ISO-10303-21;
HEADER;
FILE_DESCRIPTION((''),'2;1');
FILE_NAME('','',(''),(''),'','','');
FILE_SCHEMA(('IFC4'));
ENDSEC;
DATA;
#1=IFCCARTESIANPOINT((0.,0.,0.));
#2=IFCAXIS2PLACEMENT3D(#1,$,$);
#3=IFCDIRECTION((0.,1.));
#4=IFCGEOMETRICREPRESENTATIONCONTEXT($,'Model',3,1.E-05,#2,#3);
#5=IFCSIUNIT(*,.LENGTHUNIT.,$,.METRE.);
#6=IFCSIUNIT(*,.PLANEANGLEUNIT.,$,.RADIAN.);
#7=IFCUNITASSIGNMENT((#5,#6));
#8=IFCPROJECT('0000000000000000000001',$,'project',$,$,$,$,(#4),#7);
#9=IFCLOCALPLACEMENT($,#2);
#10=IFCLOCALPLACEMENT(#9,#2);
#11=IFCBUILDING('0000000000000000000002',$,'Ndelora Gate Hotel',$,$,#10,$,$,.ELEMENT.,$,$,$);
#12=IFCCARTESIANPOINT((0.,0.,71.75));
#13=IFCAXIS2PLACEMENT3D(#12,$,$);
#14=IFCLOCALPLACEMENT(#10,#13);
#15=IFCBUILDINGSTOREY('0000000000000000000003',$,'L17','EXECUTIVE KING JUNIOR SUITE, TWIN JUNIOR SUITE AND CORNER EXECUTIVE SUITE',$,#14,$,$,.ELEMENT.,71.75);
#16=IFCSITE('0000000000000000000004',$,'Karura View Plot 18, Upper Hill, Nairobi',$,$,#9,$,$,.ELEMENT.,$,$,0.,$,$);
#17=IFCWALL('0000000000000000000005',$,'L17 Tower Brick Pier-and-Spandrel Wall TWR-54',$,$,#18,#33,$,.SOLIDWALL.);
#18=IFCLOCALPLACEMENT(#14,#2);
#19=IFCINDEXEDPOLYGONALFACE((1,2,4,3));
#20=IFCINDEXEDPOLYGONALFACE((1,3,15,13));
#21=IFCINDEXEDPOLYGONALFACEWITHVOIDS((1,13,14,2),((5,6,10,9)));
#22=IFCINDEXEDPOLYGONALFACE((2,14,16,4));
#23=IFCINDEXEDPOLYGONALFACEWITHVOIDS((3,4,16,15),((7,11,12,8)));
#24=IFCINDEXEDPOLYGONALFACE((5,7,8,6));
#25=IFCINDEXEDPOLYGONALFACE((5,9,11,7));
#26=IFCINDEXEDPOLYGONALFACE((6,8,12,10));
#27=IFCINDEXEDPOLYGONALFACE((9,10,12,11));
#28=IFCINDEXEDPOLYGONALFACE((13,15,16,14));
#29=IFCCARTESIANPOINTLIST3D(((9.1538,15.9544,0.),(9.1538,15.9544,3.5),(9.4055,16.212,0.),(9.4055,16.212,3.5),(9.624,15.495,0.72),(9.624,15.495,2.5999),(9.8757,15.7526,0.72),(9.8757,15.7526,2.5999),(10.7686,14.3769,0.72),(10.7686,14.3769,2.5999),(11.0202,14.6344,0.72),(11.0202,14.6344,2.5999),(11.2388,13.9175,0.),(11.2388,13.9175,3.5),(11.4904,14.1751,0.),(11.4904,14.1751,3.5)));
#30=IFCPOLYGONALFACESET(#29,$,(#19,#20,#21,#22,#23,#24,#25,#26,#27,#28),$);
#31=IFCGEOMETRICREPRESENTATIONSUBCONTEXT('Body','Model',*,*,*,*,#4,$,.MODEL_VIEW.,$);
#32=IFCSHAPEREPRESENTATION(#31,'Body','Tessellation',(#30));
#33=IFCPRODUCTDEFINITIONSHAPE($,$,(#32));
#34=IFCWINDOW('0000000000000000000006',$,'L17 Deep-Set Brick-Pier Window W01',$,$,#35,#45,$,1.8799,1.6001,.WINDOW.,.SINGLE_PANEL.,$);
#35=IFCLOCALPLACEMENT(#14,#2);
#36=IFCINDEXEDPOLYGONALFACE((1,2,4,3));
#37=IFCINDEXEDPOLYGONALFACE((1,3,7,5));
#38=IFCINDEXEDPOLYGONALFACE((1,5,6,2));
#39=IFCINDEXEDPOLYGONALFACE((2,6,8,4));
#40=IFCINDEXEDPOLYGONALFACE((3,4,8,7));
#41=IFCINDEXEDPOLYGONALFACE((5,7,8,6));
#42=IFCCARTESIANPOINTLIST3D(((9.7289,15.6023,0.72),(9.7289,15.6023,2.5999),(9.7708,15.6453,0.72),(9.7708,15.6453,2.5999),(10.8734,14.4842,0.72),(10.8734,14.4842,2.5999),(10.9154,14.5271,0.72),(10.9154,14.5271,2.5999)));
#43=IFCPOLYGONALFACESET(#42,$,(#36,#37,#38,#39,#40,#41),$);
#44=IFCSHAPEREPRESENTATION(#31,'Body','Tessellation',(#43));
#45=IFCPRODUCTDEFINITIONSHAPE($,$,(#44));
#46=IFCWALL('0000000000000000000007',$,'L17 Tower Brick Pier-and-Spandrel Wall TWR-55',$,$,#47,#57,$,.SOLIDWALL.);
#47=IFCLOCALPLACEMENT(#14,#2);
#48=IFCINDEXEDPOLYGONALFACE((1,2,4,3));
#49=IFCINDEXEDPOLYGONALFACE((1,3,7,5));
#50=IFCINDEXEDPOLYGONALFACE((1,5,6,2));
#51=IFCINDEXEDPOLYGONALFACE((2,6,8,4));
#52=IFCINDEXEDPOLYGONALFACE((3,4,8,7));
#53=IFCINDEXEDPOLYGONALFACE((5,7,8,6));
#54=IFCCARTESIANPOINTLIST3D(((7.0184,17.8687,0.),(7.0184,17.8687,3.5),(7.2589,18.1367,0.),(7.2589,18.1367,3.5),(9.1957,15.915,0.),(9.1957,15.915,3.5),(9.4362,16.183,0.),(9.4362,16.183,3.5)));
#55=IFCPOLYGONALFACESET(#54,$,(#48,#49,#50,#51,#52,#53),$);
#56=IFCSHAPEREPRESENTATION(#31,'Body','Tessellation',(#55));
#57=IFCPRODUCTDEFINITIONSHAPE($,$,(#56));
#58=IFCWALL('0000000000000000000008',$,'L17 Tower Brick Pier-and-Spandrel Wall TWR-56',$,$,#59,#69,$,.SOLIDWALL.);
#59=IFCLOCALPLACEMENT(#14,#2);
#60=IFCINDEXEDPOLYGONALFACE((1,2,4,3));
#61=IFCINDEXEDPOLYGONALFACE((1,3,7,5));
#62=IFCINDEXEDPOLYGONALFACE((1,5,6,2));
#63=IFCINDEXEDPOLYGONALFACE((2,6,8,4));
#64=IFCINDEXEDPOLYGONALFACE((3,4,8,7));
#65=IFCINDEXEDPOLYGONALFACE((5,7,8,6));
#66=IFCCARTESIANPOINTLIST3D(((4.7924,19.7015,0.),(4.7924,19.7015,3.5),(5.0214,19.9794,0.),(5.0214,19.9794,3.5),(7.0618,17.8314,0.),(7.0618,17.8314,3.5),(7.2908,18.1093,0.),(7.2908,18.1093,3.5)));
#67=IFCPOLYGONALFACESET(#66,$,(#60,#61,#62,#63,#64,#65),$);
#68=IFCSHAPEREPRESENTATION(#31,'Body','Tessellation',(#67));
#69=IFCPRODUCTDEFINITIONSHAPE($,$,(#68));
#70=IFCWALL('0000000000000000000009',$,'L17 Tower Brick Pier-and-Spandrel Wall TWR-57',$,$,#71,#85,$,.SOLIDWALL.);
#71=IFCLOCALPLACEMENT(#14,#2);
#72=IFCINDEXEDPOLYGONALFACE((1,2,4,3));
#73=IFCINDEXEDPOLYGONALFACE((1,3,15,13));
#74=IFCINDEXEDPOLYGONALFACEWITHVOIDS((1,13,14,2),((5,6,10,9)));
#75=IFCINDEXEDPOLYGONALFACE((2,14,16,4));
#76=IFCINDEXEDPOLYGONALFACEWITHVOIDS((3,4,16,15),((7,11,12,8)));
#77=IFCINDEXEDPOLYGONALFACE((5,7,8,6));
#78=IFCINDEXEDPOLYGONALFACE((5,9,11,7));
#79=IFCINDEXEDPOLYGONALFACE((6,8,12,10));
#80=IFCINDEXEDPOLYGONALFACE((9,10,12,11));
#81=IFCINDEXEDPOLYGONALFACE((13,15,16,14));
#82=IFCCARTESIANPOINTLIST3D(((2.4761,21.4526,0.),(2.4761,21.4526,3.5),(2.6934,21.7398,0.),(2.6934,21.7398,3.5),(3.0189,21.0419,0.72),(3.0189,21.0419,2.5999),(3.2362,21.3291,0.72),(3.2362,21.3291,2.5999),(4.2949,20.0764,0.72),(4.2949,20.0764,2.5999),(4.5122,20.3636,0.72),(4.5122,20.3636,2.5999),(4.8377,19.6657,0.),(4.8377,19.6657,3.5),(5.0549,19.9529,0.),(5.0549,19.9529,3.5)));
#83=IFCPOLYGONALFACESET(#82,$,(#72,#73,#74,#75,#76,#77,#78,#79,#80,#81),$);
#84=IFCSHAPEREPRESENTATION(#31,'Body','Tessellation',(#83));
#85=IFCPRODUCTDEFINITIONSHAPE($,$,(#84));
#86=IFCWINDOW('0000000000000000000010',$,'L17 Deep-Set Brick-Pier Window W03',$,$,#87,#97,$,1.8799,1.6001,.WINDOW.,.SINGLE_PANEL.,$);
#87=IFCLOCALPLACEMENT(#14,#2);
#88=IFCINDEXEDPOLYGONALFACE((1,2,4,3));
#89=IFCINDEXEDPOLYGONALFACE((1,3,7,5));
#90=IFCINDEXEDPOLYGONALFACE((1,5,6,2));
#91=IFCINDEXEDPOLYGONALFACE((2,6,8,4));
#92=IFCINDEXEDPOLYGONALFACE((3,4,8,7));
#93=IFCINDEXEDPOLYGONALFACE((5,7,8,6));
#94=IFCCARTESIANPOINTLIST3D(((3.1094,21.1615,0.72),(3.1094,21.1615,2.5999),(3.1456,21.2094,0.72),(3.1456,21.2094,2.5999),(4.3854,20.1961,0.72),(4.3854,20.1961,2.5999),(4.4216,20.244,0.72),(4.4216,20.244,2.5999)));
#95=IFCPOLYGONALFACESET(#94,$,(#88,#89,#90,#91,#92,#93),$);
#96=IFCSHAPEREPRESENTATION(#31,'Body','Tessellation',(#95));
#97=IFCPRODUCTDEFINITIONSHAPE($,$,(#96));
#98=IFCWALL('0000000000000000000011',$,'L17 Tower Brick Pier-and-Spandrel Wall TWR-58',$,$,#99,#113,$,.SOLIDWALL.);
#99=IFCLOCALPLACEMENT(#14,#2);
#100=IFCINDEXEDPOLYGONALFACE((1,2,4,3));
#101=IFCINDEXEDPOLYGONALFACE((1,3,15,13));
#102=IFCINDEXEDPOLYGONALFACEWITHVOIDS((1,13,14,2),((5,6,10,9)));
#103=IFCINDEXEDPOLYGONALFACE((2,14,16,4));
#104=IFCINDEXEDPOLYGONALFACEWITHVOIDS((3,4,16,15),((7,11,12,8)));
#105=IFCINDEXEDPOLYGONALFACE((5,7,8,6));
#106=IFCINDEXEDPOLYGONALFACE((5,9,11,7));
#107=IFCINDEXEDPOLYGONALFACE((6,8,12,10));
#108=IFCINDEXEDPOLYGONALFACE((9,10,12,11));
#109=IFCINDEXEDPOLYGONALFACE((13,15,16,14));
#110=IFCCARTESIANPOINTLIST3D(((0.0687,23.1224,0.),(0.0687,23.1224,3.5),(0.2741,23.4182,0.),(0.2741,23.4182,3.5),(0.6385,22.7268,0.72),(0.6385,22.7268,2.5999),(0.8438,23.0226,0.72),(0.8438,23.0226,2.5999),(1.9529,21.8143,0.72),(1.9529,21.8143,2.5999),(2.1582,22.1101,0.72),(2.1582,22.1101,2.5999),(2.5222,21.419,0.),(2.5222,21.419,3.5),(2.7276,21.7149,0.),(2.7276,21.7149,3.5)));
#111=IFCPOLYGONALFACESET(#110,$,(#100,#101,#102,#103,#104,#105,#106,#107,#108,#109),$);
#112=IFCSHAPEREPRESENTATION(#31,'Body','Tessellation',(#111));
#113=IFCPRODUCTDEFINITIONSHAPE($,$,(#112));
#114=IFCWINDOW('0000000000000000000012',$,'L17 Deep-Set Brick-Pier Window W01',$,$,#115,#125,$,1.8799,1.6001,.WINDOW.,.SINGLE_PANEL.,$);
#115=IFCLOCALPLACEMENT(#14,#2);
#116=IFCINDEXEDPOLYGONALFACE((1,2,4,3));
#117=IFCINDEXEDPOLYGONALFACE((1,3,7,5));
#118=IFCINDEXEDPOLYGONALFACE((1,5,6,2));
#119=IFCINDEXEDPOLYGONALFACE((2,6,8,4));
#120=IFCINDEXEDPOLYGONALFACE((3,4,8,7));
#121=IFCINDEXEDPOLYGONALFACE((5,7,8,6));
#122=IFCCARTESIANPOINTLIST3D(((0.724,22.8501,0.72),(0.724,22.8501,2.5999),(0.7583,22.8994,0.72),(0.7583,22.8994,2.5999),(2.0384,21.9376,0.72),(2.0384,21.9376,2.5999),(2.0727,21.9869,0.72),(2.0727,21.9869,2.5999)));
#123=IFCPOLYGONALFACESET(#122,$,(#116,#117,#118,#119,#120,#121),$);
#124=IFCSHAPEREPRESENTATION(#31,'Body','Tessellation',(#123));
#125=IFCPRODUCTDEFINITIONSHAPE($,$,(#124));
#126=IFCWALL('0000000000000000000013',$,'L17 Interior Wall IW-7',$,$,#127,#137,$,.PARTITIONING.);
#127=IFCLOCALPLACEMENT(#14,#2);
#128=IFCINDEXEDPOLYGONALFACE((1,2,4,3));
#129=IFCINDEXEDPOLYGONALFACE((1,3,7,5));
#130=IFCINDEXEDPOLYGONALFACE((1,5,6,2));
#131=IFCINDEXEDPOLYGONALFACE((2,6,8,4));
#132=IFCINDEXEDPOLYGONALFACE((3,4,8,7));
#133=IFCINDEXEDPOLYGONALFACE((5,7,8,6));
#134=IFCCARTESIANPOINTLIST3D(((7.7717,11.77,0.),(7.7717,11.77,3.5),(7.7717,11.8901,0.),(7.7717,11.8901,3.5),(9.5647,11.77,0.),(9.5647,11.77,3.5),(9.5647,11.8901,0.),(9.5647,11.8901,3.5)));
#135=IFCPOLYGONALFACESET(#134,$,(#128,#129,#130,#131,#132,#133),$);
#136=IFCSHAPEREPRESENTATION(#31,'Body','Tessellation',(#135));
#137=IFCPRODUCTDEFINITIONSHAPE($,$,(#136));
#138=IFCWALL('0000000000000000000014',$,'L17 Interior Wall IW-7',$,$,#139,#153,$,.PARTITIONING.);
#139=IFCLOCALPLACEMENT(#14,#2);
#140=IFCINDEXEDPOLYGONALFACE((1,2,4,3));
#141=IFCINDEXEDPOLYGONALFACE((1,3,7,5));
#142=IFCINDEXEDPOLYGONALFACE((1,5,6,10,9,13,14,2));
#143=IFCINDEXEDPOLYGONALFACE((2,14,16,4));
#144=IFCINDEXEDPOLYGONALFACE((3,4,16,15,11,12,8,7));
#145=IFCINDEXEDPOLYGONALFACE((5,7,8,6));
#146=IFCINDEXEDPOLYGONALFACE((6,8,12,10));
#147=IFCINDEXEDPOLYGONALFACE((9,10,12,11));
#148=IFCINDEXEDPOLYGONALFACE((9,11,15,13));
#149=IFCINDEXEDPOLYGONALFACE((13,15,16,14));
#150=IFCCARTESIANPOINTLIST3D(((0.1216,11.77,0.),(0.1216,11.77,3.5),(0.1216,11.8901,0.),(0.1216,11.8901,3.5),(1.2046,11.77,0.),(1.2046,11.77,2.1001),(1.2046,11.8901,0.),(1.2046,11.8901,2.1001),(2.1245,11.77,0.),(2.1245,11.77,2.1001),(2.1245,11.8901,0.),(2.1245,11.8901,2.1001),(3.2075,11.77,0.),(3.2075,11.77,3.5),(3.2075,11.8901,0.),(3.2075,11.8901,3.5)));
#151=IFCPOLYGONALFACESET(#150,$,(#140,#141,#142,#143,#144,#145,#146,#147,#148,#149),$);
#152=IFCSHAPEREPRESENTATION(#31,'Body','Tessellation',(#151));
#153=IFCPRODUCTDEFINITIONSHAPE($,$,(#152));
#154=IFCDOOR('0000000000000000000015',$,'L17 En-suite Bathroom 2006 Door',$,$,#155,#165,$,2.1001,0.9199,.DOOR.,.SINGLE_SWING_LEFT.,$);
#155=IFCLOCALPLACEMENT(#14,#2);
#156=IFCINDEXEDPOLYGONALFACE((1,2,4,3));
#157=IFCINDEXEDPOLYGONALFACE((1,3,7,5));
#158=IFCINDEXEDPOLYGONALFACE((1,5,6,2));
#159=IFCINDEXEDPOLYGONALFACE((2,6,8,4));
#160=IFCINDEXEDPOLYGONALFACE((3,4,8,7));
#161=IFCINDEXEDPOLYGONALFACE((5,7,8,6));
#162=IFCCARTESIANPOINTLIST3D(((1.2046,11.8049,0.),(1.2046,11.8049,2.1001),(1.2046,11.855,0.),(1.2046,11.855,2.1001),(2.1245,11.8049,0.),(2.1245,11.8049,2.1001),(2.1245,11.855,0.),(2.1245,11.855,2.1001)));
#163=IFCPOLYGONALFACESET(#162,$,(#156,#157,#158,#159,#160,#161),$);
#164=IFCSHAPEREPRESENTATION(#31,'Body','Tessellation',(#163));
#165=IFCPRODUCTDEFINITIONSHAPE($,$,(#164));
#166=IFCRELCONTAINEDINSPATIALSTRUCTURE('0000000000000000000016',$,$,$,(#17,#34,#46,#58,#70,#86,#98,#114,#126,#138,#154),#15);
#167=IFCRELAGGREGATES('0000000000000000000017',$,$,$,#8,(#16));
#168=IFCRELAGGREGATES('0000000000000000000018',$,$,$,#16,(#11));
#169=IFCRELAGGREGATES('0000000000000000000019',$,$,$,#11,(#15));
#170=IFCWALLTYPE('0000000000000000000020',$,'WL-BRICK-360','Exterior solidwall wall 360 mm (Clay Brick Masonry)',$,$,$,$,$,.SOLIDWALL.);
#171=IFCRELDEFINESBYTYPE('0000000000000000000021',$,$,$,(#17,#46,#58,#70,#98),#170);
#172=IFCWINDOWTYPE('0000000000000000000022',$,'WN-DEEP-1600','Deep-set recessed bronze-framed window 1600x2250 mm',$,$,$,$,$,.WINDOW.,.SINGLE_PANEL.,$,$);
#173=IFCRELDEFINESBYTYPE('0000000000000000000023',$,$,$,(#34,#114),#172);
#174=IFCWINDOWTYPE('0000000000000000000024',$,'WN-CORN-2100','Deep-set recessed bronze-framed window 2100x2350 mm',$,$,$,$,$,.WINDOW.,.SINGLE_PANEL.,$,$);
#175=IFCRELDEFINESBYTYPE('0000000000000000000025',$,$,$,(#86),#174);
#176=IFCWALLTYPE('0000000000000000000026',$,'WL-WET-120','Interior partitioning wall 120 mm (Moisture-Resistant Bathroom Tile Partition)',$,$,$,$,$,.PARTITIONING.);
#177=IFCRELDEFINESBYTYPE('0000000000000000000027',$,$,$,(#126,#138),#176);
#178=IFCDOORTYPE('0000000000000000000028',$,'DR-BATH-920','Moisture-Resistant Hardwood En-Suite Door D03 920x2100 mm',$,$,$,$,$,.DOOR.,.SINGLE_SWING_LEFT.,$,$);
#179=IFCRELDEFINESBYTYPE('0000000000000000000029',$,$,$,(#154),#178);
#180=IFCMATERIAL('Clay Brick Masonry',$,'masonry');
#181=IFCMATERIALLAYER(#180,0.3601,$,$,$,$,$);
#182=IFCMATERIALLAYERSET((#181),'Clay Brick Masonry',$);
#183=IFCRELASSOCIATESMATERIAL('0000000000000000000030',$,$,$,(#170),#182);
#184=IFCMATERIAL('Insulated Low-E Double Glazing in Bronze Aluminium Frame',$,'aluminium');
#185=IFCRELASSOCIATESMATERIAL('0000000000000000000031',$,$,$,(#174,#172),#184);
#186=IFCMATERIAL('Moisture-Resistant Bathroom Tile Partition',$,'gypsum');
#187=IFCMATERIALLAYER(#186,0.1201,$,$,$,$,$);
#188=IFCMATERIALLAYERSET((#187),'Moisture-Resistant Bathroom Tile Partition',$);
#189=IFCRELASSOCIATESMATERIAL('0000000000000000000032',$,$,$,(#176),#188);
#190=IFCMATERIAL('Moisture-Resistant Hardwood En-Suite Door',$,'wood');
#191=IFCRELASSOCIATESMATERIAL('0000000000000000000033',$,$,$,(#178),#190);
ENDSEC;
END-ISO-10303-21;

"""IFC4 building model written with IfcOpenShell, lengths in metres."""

from ifc_helpers import new_model, si_unit, direction, frame, frame_2d, origin, place, context, subcontext, project, spatial, rectangle, extrude, material, layer, layer_set, type_object, element, fill, save


model = new_model("IFC4")

# Units and contexts
model_context = context("Model", 3, precision=1e-05, world=origin(), true_north=direction((0.0, 1.0)))
body_context = subcontext(model_context, "Body", "Model", "MODEL_VIEW")
ifc_project = project(units=[si_unit("LENGTHUNIT", "METRE"), si_unit("PLANEANGLEUNIT", "RADIAN")], contexts=[model_context])

# Site, building, storey
site_placement = place(None, origin())
site = spatial("IfcSite", under=ifc_project, at=site_placement, Name="Karura View Plot 18, Upper Hill, Nairobi", CompositionType="ELEMENT", RefElevation=0.0)
building_placement = place(site_placement, origin())
building = spatial("IfcBuilding", under=site, at=building_placement, Name="Ndelora Gate Hotel", CompositionType="ELEMENT")
storey_placement = place(building_placement, frame((0.0, 0.0, 71.75)))
storey = spatial("IfcBuildingStorey", under=building, at=storey_placement, Name="L17", Description="EXECUTIVE KING JUNIOR SUITE, TWIN JUNIOR SUITE AND CORNER EXECUTIVE SUITE", CompositionType="ELEMENT", Elevation=71.75)

# Shared definitions
ifc_material_1 = material(Name="Clay Brick Masonry", Category="masonry")
ifc_layer_1 = layer(ifc_material_1, 0.3601)
ifc_layer_set_1 = layer_set([ifc_layer_1], Name="Clay Brick Masonry")
wall_type_1 = type_object("IfcWallType", Name="WL-BRICK-360", Description="Exterior solidwall wall 360 mm (Clay Brick Masonry)", PredefinedType="SOLIDWALL", material=ifc_layer_set_1)

# Wall, opening, window
ifc_material_2 = material(Name="Insulated Low-E Double Glazing in Bronze Aluminium Frame", Category="aluminium")
window_type_1 = type_object("IfcWindowType", Name="WN-CORN-2100", Description="Deep-set recessed bronze-framed window 2100x2350 mm", PartitioningType="SINGLE_PANEL", PredefinedType="WINDOW", material=ifc_material_2)
wall_1_placement = place(storey_placement, frame((9.2795, 16.0833, 0.0), z_axis=(0.0, 0.0, 1.0), x_axis=(0.715309, -0.698808, 0.0)))
wall_1 = element("IfcWall", 1, at=wall_1_placement, inside=storey, type_object=wall_type_1, Name="L17 Tower Brick Pier-and-Spandrel Wall TWR-54", PredefinedType="SOLIDWALL", context=body_context, shape_type="SweptSolid", body=[
    extrude(rectangle(XDim=2.9148, YDim=0.3601, at=frame_2d((1.4575, 0.0))), origin(), (0.0, 0.0, 1.0), 3.5),
])
opening_1_placement = place(wall_1_placement, frame((0.6575, 0.0, 0.72)))
opening_1 = element("IfcOpeningElement", 2, at=opening_1_placement, cuts=wall_1, PredefinedType="OPENING", context=body_context, shape_type="SweptSolid", body=[
    extrude(rectangle(XDim=1.6001, YDim=1.8799, at=frame_2d((0.8, 0.9399))), frame((0.0, 0.1899, 0.0), z_axis=(0.0, -1.0, 0.0), x_axis=(1.0, 0.0, 0.0)), (0.0, 0.0, 1.0), 0.3801),
])
window_type_2 = type_object("IfcWindowType", Name="WN-DEEP-1600", Description="Deep-set recessed bronze-framed window 1600x2250 mm", PartitioningType="SINGLE_PANEL", PredefinedType="WINDOW", material=ifc_material_2)
window_1_placement = place(opening_1_placement, origin())
window_1 = element("IfcWindow", 3, at=window_1_placement, inside=storey, type_object=window_type_2, Name="L17 Deep-Set Brick-Pier Window W01", OverallHeight=1.8799, OverallWidth=1.6001, PartitioningType="SINGLE_PANEL", PredefinedType="WINDOW", context=body_context, shape_type="SweptSolid", body=[
    extrude(rectangle(XDim=1.6001, YDim=1.8799, at=frame_2d((0.8, 0.9399))), frame((0.0, 0.03, 0.0), z_axis=(0.0, -1.0, 0.0), x_axis=(1.0, 0.0, 0.0)), (0.0, 0.0, 1.0), 0.0601),
])
fill(opening_1, window_1)

# Walls
wall_2_placement = place(storey_placement, frame((7.1387, 18.0027, 0.0), z_axis=(0.0, 0.0, 1.0), x_axis=(0.744298, -0.667848, 0.0)))
element("IfcWall", 4, at=wall_2_placement, inside=storey, type_object=wall_type_1, Name="L17 Tower Brick Pier-and-Spandrel Wall TWR-55", PredefinedType="SOLIDWALL", context=body_context, shape_type="SweptSolid", body=[
    extrude(rectangle(XDim=2.9253, YDim=0.3601, at=frame_2d((1.4626, 0.0))), origin(), (0.0, 0.0, 1.0), 3.5),
])
wall_3_placement = place(storey_placement, frame((4.907, 19.8403, 0.0), z_axis=(0.0, 0.0, 1.0), x_axis=(0.771748, -0.635928, 0.0)))
element("IfcWall", 5, at=wall_3_placement, inside=storey, type_object=wall_type_1, Name="L17 Tower Brick Pier-and-Spandrel Wall TWR-56", PredefinedType="SOLIDWALL", context=body_context, shape_type="SweptSolid", body=[
    extrude(rectangle(XDim=2.9407, YDim=0.3601, at=frame_2d((1.4702, 0.0))), origin(), (0.0, 0.0, 1.0), 3.5),
])

# Walls, openings, windows
wall_4_placement = place(storey_placement, frame((2.5847, 21.5962, 0.0), z_axis=(0.0, 0.0, 1.0), x_axis=(0.79745, -0.603385, 0.0)))
wall_4 = element("IfcWall", 6, at=wall_4_placement, inside=storey, type_object=wall_type_1, Name="L17 Tower Brick Pier-and-Spandrel Wall TWR-57", PredefinedType="SOLIDWALL", context=body_context, shape_type="SweptSolid", body=[
    extrude(rectangle(XDim=2.9614, YDim=0.3601, at=frame_2d((1.4807, 0.0))), origin(), (0.0, 0.0, 1.0), 3.5),
])
opening_2_placement = place(wall_4_placement, frame((0.6807, 0.0, 0.72)))
opening_2 = element("IfcOpeningElement", 7, at=opening_2_placement, cuts=wall_4, PredefinedType="OPENING", context=body_context, shape_type="SweptSolid", body=[
    extrude(rectangle(XDim=1.6001, YDim=1.8799, at=frame_2d((0.8, 0.9399))), frame((0.0, 0.1899, 0.0), z_axis=(0.0, -1.0, 0.0), x_axis=(1.0, 0.0, 0.0)), (0.0, 0.0, 1.0), 0.3801),
])
window_2_placement = place(opening_2_placement, origin())
window_2 = element("IfcWindow", 8, at=window_2_placement, inside=storey, type_object=window_type_1, Name="L17 Deep-Set Brick-Pier Window W03", OverallHeight=1.8799, OverallWidth=1.6001, PartitioningType="SINGLE_PANEL", PredefinedType="WINDOW", context=body_context, shape_type="SweptSolid", body=[
    extrude(rectangle(XDim=1.6001, YDim=1.8799, at=frame_2d((0.8, 0.9399))), frame((0.0, 0.03, 0.0), z_axis=(0.0, -1.0, 0.0), x_axis=(1.0, 0.0, 0.0)), (0.0, 0.0, 1.0), 0.0601),
])
fill(opening_2, window_2)
wall_5_placement = place(storey_placement, frame((0.1714, 23.2703, 0.0), z_axis=(0.0, 0.0, 1.0), x_axis=(0.821453, -0.570276, 0.0)))
wall_5 = element("IfcWall", 9, at=wall_5_placement, inside=storey, type_object=wall_type_1, Name="L17 Tower Brick Pier-and-Spandrel Wall TWR-58", PredefinedType="SOLIDWALL", context=body_context, shape_type="SweptSolid", body=[
    extrude(rectangle(XDim=2.9868, YDim=0.3601, at=frame_2d((1.4934, 0.0))), origin(), (0.0, 0.0, 1.0), 3.5),
])
opening_3_placement = place(wall_5_placement, frame((0.6936, 0.0, 0.72)))
opening_3 = element("IfcOpeningElement", 10, at=opening_3_placement, cuts=wall_5, PredefinedType="OPENING", context=body_context, shape_type="SweptSolid", body=[
    extrude(rectangle(XDim=1.6001, YDim=1.8799, at=frame_2d((0.8, 0.9399))), frame((0.0, 0.1899, 0.0), z_axis=(0.0, -1.0, 0.0), x_axis=(1.0, 0.0, 0.0)), (0.0, 0.0, 1.0), 0.3801),
])
window_3_placement = place(opening_3_placement, origin())
window_3 = element("IfcWindow", 11, at=window_3_placement, inside=storey, type_object=window_type_2, Name="L17 Deep-Set Brick-Pier Window W01", OverallHeight=1.8799, OverallWidth=1.6001, PartitioningType="SINGLE_PANEL", PredefinedType="WINDOW", context=body_context, shape_type="SweptSolid", body=[
    extrude(rectangle(XDim=1.6001, YDim=1.8799, at=frame_2d((0.8, 0.9399))), frame((0.0, 0.03, 0.0), z_axis=(0.0, -1.0, 0.0), x_axis=(1.0, 0.0, 0.0)), (0.0, 0.0, 1.0), 0.0601),
])
fill(opening_3, window_3)

# Wall
ifc_material_3 = material(Name="Moisture-Resistant Bathroom Tile Partition", Category="gypsum")
ifc_layer_2 = layer(ifc_material_3, 0.1201)
ifc_layer_set_2 = layer_set([ifc_layer_2], Name="Moisture-Resistant Bathroom Tile Partition")
wall_type_2 = type_object("IfcWallType", Name="WL-WET-120", Description="Interior partitioning wall 120 mm (Moisture-Resistant Bathroom Tile Partition)", PredefinedType="PARTITIONING", material=ifc_layer_set_2)
wall_6_placement = place(storey_placement, frame((7.7717, 11.8301, 0.0), z_axis=(0.0, 0.0, 1.0), x_axis=(1.0, 0.0, 0.0)))
element("IfcWall", 12, at=wall_6_placement, inside=storey, type_object=wall_type_2, Name="L17 Interior Wall IW-7", PredefinedType="PARTITIONING", context=body_context, shape_type="SweptSolid", body=[
    extrude(rectangle(XDim=1.793, YDim=0.1201, at=frame_2d((0.8965, 0.0))), origin(), (0.0, 0.0, 1.0), 3.5),
])

# Wall, opening, door
wall_7_placement = place(storey_placement, frame((0.1216, 11.8301, 0.0), z_axis=(0.0, 0.0, 1.0), x_axis=(1.0, 0.0, 0.0)))
wall_7 = element("IfcWall", 13, at=wall_7_placement, inside=storey, type_object=wall_type_2, Name="L17 Interior Wall IW-7", PredefinedType="PARTITIONING", context=body_context, shape_type="SweptSolid", body=[
    extrude(rectangle(XDim=3.0859, YDim=0.1201, at=frame_2d((1.543, 0.0))), origin(), (0.0, 0.0, 1.0), 3.5),
])
opening_4_placement = place(wall_7_placement, frame((1.083, 0.0, 0.0)))
opening_4 = element("IfcOpeningElement", 14, at=opening_4_placement, cuts=wall_7, PredefinedType="OPENING", context=body_context, shape_type="SweptSolid", body=[
    extrude(rectangle(XDim=0.9199, YDim=2.1001, at=frame_2d((0.46, 1.05))), frame((0.0, 0.0701, 0.0), z_axis=(0.0, -1.0, 0.0), x_axis=(1.0, 0.0, 0.0)), (0.0, 0.0, 1.0), 0.1401),
])
ifc_material_4 = material(Name="Moisture-Resistant Hardwood En-Suite Door", Category="wood")
door_type = type_object("IfcDoorType", Name="DR-BATH-920", Description="Moisture-Resistant Hardwood En-Suite Door D03 920x2100 mm", OperationType="SINGLE_SWING_LEFT", PredefinedType="DOOR", material=ifc_material_4)
door_placement = place(opening_4_placement, origin())
door = element("IfcDoor", 15, at=door_placement, inside=storey, type_object=door_type, Name="L17 En-suite Bathroom 2006 Door", OperationType="SINGLE_SWING_LEFT", OverallHeight=2.1001, OverallWidth=0.9199, PredefinedType="DOOR", context=body_context, shape_type="SweptSolid", body=[
    extrude(rectangle(XDim=0.9199, YDim=2.1001, at=frame_2d((0.46, 1.05))), frame((0.0, 0.0249, 0.0), z_axis=(0.0, -1.0, 0.0), x_axis=(1.0, 0.0, 0.0)), (0.0, 0.0, 1.0), 0.05),
])
fill(opening_4, door)

save(model, "model.ifc")
